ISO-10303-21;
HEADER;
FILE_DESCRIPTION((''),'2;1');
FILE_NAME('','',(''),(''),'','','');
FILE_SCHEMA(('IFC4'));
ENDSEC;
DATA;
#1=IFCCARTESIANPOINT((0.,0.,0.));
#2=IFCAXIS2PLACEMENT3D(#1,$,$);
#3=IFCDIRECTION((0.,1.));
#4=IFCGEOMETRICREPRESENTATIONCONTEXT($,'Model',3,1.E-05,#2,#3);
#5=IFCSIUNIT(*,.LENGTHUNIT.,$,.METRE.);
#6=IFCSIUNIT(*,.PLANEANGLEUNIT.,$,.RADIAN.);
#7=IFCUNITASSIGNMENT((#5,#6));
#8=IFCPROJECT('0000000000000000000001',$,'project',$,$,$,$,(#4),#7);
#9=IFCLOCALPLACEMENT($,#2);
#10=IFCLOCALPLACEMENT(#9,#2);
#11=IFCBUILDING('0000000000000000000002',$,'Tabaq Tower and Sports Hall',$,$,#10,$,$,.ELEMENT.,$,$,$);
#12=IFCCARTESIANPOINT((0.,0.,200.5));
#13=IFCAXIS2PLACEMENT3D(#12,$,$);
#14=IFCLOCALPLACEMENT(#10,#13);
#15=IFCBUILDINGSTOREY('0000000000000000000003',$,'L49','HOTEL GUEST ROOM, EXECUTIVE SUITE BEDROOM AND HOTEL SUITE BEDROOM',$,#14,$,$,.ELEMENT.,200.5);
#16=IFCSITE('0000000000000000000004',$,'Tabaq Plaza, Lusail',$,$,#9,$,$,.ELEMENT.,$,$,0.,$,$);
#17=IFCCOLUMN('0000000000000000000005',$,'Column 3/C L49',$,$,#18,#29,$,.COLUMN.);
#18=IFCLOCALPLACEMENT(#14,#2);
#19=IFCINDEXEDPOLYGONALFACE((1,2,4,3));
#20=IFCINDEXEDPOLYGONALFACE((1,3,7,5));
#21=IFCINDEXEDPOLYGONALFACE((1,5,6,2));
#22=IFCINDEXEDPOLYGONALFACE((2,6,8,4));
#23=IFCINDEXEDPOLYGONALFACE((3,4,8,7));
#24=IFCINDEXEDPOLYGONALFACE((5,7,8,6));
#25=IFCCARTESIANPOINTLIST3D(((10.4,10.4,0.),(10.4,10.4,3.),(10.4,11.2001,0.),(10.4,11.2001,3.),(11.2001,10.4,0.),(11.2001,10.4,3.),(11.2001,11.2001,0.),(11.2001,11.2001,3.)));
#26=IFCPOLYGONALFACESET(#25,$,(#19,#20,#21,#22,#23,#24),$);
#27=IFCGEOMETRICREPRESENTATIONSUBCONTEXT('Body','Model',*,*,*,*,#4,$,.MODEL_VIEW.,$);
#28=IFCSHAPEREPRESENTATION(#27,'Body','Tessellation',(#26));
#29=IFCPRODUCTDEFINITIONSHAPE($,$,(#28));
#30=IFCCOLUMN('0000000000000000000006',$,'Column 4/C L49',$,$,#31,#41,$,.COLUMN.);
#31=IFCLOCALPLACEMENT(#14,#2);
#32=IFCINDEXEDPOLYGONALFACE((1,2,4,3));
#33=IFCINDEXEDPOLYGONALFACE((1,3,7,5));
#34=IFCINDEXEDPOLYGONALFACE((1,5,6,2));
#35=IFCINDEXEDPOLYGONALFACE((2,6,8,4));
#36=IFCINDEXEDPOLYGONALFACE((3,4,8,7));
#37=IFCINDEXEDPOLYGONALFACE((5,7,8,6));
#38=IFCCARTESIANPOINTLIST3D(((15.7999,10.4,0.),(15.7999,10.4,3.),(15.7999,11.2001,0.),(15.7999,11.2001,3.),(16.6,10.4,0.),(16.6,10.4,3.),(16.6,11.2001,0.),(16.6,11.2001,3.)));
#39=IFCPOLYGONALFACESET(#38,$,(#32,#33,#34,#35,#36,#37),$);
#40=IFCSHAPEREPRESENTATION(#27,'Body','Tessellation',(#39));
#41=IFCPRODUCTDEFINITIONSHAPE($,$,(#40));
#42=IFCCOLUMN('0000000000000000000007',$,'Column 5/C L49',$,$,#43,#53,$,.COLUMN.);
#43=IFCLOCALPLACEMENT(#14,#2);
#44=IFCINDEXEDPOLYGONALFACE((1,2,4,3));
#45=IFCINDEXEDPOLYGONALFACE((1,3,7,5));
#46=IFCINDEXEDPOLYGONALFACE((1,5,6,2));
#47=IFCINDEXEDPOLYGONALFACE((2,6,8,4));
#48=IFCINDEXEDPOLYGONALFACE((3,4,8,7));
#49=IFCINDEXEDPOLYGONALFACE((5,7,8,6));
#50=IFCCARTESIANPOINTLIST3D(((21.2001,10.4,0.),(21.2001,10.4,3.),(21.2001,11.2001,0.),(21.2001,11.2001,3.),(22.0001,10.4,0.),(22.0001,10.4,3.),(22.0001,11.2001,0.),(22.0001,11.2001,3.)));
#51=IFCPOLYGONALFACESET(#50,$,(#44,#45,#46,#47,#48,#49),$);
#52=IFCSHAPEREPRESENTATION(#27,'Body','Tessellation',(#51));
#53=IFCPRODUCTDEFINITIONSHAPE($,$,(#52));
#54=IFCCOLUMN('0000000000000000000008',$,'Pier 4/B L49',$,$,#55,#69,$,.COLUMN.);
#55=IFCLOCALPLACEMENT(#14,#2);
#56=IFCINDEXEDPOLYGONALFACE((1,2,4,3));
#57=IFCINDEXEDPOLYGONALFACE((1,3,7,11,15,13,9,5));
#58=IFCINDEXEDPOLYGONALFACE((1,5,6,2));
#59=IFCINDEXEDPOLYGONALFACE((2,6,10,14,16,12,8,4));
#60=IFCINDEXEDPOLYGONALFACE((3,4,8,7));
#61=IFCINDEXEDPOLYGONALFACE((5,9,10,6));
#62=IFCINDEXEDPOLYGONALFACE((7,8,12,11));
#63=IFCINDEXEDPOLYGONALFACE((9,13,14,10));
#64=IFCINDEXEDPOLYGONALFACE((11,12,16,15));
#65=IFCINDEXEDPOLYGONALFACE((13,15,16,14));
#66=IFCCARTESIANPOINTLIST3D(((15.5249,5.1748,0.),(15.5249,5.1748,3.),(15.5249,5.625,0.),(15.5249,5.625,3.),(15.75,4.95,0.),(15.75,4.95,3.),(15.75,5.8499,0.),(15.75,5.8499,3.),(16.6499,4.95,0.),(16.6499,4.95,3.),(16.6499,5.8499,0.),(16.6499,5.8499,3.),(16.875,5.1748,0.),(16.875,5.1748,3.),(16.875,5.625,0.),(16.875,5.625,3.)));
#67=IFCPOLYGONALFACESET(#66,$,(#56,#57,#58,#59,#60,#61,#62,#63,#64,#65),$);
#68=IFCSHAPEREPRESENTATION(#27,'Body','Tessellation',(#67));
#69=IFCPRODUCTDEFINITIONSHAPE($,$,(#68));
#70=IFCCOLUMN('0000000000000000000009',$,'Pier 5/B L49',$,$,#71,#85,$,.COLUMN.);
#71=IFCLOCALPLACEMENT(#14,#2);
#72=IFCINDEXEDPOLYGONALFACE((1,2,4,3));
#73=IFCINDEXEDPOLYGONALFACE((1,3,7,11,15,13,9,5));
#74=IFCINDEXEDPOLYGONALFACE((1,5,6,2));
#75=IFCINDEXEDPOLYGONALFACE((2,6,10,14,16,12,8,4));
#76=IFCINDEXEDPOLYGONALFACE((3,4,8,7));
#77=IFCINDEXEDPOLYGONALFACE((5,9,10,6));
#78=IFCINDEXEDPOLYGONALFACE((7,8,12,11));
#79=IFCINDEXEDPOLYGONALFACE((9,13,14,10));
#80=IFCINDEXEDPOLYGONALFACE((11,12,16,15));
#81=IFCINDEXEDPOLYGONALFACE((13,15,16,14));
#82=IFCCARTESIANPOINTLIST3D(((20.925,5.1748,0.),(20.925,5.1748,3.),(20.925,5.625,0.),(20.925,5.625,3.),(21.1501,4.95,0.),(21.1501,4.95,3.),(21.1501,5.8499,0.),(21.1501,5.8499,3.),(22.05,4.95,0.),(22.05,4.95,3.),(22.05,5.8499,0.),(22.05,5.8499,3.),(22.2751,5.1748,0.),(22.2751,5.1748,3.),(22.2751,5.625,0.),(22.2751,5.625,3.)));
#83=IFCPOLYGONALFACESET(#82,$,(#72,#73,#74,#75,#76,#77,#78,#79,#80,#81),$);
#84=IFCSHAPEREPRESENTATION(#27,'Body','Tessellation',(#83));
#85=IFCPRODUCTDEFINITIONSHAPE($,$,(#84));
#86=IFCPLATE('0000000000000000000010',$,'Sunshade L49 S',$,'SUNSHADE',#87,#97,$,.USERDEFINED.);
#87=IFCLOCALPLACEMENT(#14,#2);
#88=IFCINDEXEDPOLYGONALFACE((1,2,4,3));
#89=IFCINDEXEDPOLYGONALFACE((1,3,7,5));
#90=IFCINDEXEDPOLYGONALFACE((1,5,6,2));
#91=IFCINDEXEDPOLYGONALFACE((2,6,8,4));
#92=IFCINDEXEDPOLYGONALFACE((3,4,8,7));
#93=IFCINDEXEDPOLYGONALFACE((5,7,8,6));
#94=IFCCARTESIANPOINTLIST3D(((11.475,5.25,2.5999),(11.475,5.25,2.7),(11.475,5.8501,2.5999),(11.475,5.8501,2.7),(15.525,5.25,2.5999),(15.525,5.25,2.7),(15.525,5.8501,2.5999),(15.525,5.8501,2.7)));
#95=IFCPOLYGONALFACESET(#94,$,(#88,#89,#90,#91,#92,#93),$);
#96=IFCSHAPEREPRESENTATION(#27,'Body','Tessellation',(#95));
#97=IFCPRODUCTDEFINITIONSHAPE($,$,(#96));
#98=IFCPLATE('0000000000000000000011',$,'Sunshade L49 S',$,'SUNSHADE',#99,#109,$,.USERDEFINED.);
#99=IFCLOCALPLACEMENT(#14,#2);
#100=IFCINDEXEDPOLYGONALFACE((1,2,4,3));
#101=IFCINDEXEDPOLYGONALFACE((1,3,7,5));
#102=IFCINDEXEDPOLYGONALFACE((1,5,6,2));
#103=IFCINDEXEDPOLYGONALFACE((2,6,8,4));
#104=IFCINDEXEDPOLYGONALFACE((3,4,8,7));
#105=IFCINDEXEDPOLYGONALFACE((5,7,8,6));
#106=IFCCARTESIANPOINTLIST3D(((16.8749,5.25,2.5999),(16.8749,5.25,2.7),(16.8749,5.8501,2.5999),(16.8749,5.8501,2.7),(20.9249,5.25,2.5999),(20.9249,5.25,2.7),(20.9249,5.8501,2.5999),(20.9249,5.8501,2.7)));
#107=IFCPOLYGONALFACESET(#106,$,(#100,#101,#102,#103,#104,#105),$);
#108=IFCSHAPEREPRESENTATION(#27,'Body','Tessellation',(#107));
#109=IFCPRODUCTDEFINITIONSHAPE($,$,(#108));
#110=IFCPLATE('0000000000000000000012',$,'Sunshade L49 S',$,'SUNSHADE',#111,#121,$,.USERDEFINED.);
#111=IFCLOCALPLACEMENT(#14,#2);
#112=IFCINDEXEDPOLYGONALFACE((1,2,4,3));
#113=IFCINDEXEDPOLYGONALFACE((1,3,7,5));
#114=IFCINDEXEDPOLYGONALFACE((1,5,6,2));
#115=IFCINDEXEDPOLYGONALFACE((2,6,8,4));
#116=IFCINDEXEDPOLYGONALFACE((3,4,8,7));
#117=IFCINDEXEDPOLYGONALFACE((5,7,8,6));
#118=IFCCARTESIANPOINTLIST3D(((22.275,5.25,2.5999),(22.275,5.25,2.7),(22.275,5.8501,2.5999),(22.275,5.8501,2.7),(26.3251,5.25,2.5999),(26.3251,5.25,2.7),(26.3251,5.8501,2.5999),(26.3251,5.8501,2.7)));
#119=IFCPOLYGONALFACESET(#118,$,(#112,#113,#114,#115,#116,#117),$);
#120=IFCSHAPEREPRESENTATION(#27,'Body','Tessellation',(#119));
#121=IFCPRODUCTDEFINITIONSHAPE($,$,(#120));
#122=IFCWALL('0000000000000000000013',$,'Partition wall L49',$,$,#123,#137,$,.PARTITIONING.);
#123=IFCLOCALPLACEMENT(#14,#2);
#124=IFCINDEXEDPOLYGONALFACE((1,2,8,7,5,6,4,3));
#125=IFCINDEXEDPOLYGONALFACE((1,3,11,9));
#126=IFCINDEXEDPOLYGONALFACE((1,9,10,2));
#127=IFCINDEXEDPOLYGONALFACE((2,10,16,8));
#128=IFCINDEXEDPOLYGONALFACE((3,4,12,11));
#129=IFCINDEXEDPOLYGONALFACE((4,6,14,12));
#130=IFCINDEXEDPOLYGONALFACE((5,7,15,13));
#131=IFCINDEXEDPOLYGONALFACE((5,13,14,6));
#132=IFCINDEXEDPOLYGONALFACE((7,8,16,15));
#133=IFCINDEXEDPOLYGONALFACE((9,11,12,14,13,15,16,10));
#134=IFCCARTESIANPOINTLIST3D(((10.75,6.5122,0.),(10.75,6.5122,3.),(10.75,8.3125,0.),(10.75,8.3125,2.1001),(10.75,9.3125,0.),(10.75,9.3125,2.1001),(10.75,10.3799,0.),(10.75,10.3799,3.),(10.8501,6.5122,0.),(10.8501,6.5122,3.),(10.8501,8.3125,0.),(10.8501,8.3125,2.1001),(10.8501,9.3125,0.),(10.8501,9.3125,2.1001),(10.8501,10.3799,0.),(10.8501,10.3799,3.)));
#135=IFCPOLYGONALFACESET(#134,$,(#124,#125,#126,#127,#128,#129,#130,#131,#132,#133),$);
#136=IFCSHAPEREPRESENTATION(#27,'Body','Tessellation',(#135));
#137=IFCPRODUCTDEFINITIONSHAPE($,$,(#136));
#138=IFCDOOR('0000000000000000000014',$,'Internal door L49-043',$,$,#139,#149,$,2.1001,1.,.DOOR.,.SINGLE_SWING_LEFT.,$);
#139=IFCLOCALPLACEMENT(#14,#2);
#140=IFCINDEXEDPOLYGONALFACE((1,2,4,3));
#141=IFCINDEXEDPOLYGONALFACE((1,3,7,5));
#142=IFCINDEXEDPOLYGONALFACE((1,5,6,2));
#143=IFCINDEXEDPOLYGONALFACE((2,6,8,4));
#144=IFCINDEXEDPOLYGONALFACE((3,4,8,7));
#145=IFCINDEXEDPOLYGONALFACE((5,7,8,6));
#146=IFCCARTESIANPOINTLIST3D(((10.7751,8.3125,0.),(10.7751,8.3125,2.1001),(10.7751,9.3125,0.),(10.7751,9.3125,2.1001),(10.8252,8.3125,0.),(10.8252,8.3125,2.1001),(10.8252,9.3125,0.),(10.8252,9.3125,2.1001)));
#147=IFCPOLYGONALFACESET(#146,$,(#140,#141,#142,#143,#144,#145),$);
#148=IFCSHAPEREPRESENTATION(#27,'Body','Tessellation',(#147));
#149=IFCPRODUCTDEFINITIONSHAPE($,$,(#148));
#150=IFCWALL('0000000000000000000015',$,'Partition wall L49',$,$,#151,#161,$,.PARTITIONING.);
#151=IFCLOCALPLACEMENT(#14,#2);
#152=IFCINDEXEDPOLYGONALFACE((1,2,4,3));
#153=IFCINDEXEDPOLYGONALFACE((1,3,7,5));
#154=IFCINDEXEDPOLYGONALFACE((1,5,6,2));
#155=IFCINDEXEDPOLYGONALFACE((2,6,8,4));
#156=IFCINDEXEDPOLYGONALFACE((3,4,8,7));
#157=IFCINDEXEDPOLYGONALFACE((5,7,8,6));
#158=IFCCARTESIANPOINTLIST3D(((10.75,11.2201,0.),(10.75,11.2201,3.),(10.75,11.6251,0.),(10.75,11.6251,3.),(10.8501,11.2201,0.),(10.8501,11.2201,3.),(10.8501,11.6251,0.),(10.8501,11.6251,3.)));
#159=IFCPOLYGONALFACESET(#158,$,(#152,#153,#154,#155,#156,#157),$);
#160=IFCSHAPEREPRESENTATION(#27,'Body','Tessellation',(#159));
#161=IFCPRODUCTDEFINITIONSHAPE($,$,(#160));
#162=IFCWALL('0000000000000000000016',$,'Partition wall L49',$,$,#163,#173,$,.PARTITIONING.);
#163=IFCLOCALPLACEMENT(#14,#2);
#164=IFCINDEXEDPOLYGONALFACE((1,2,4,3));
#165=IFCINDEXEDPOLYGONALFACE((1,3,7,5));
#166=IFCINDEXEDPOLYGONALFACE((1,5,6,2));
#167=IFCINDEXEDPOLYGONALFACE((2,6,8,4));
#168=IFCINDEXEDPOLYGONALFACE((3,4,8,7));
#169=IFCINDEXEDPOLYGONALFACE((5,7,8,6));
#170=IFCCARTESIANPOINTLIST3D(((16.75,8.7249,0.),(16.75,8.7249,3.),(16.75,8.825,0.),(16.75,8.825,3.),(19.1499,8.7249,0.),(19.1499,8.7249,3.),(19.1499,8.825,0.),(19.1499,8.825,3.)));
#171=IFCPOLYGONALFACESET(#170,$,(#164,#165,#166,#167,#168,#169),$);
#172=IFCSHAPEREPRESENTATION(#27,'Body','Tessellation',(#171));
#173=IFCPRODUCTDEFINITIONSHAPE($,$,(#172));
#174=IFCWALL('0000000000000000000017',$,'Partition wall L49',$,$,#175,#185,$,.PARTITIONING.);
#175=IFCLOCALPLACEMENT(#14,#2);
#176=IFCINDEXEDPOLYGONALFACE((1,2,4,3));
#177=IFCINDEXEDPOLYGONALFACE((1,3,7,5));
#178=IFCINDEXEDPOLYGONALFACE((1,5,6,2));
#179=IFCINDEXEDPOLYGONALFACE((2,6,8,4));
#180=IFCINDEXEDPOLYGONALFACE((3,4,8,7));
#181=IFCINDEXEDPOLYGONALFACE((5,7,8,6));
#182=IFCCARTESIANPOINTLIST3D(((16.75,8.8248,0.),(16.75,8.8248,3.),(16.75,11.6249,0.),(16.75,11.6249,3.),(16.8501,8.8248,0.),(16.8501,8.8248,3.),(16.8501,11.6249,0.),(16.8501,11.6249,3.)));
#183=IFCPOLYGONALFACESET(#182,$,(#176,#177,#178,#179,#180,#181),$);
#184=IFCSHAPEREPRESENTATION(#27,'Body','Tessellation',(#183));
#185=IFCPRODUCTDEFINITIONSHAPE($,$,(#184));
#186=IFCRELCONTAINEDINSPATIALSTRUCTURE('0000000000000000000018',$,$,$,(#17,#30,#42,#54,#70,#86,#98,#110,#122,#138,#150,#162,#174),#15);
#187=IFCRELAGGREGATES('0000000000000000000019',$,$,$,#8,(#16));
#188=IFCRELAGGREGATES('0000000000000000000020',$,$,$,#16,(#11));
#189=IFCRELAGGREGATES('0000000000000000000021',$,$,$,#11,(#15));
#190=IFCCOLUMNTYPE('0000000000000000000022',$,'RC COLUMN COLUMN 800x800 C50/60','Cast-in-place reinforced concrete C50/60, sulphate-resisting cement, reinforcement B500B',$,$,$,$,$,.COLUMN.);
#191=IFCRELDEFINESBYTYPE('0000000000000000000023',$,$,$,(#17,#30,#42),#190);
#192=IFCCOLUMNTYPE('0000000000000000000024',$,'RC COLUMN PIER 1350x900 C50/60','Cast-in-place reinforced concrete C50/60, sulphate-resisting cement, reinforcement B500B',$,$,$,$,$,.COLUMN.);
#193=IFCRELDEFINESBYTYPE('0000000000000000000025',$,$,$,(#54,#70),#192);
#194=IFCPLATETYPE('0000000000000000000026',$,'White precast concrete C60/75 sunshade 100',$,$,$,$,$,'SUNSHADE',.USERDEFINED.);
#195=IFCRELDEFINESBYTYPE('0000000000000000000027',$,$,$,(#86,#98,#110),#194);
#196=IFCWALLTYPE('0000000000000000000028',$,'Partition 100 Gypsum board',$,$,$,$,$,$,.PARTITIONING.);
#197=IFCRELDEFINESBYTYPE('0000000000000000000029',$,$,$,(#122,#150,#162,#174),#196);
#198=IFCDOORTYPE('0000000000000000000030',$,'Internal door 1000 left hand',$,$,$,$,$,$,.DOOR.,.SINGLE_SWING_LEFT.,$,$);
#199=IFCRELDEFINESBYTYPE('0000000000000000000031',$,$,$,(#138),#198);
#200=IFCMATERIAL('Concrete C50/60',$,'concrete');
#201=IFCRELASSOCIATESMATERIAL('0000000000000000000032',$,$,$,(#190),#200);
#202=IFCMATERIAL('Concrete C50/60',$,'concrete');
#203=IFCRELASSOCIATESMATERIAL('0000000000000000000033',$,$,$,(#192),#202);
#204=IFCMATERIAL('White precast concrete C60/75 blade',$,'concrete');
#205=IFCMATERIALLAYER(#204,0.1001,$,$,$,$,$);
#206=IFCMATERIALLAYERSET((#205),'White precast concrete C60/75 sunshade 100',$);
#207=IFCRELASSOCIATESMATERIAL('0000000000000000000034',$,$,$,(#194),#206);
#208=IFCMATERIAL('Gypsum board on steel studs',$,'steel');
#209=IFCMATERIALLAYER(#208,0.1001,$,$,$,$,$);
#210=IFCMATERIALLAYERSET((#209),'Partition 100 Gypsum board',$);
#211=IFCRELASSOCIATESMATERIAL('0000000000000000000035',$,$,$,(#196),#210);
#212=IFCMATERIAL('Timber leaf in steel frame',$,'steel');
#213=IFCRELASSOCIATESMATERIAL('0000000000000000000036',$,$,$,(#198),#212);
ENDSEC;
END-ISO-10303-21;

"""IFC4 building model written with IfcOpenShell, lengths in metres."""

from ifc_helpers import new_model, si_unit, direction, frame, frame_2d, origin, origin_2d, place, context, subcontext, project, spatial, polyline, rectangle, outline, extrude, material, layer, layer_set, material_profile, profile_set, type_object, element, fill, save


model = new_model("IFC4")

# Units and contexts
model_context = context("Model", 3, precision=1e-05, world=origin(), true_north=direction((0.0, 1.0)))
body_context = subcontext(model_context, "Body", "Model", "MODEL_VIEW")
ifc_project = project(units=[si_unit("LENGTHUNIT", "METRE"), si_unit("PLANEANGLEUNIT", "RADIAN")], contexts=[model_context])

# Site, building, storey
site_placement = place(None, origin())
site = spatial("IfcSite", under=ifc_project, at=site_placement, Name="Tabaq Plaza, Lusail", CompositionType="ELEMENT", RefElevation=0.0)
building_placement = place(site_placement, origin())
building = spatial("IfcBuilding", under=site, at=building_placement, Name="Tabaq Tower and Sports Hall", CompositionType="ELEMENT")
storey_placement = place(building_placement, frame((0.0, 0.0, 200.5)))
storey = spatial("IfcBuildingStorey", under=building, at=storey_placement, Name="L49", Description="HOTEL GUEST ROOM, EXECUTIVE SUITE BEDROOM AND HOTEL SUITE BEDROOM", CompositionType="ELEMENT", Elevation=200.5)

# Columns
ifc_material_1 = material(Name="Concrete C50/60", Category="concrete")
ifc_material_profile_1 = material_profile(ifc_material_1, rectangle(XDim=0.8, YDim=0.8, at=origin_2d()), Name="COLUMN 800x800")
ifc_profile_set_1 = profile_set([ifc_material_profile_1], Name="Concrete C50/60")
column_type_1 = type_object("IfcColumnType", Name="RC COLUMN COLUMN 800x800 C50/60", Description="Cast-in-place reinforced concrete C50/60, sulphate-resisting cement, reinforcement B500B", PredefinedType="COLUMN", material=ifc_profile_set_1)
for number, where, z_axis, x_axis, name in (
    (1, (10.8, 10.8, 0.0), (0.0, 0.0, 1.0), (1.0, 0.0, 0.0), "Column 3/C L49"),
    (2, (16.2, 10.8, 0.0), (0.0, 0.0, 1.0), (1.0, 0.0, 0.0), "Column 4/C L49"),
    (3, (21.6001, 10.8, 0.0), (0.0, 0.0, 1.0), (1.0, 0.0, 0.0), "Column 5/C L49"),
):
    element("IfcColumn", number, at=place(storey_placement, frame(where, z_axis=z_axis, x_axis=x_axis)), inside=storey, type_object=column_type_1, Name=name, PredefinedType="COLUMN", context=body_context, shape_type="SweptSolid", body=[
        extrude(rectangle(XDim=0.8, YDim=0.8, at=origin_2d()), origin(), (0.0, 0.0, 1.0), 3.0),
    ])
ifc_material_2 = material(Name="Concrete C50/60", Category="concrete")
ifc_material_profile_2 = material_profile(ifc_material_2, outline(polyline([(-0.45, -0.45), (0.45, -0.45), (0.675, -0.2251), (0.675, 0.2251), (0.45, 0.45), (-0.45, 0.45), (-0.675, 0.2251), (-0.675, -0.2251), (-0.45, -0.45)])), Name="PIER 1350x900")
ifc_profile_set_2 = profile_set([ifc_material_profile_2], Name="Concrete C50/60")
column_type_2 = type_object("IfcColumnType", Name="RC COLUMN PIER 1350x900 C50/60", Description="Cast-in-place reinforced concrete C50/60, sulphate-resisting cement, reinforcement B500B", PredefinedType="COLUMN", material=ifc_profile_set_2)
for number, where, z_axis, x_axis, name in (
    (4, (16.2, 5.3999, 0.0), (0.0, 0.0, 1.0), (1.0, 0.0, 0.0), "Pier 4/B L49"),
    (5, (21.6001, 5.3999, 0.0), (0.0, 0.0, 1.0), (1.0, 0.0, 0.0), "Pier 5/B L49"),
):
    element("IfcColumn", number, at=place(storey_placement, frame(where, z_axis=z_axis, x_axis=x_axis)), inside=storey, type_object=column_type_2, Name=name, PredefinedType="COLUMN", context=body_context, shape_type="SweptSolid", body=[
        extrude(outline(polyline([(-0.45, -0.45), (0.45, -0.45), (0.675, -0.2251), (0.675, 0.2251), (0.45, 0.45), (-0.45, 0.45), (-0.675, 0.2251), (-0.675, -0.2251), (-0.45, -0.45)])), origin(), (0.0, 0.0, 1.0), 3.0),
    ])

# Plates
ifc_material_3 = material(Name="White precast concrete C60/75 blade", Category="concrete")
ifc_layer_1 = layer(ifc_material_3, 0.1001)
ifc_layer_set_1 = layer_set([ifc_layer_1], Name="White precast concrete C60/75 sunshade 100")
plate_type = type_object("IfcPlateType", Name="White precast concrete C60/75 sunshade 100", ElementType="SUNSHADE", PredefinedType="USERDEFINED", material=ifc_layer_set_1)
for number, where, z_axis, x_axis, name in (
    (6, (13.5, 5.55, 2.5999), (0.0, 0.0, 1.0), (1.0, 0.0, 0.0), "Sunshade L49 S"),
    (7, (18.8999, 5.55, 2.5999), (0.0, 0.0, 1.0), (1.0, 0.0, 0.0), "Sunshade L49 S"),
    (8, (24.3, 5.55, 2.5999), (0.0, 0.0, 1.0), (1.0, 0.0, 0.0), "Sunshade L49 S"),
):
    element("IfcPlate", number, at=place(storey_placement, frame(where, z_axis=z_axis, x_axis=x_axis)), inside=storey, type_object=plate_type, Name=name, ObjectType="SUNSHADE", PredefinedType="USERDEFINED", context=body_context, shape_type="SweptSolid", body=[
        extrude(rectangle(XDim=4.05, YDim=0.6001, at=origin_2d()), origin(), (0.0, 0.0, 1.0), 0.1001),
    ])

# Wall, opening, door
ifc_material_4 = material(Name="Gypsum board on steel studs", Category="steel")
ifc_layer_2 = layer(ifc_material_4, 0.1001)
ifc_layer_set_2 = layer_set([ifc_layer_2], Name="Partition 100 Gypsum board")
wall_type_1 = type_object("IfcWallType", Name="Partition 100 Gypsum board", PredefinedType="PARTITIONING", material=ifc_layer_set_2)
wall_1_placement = place(storey_placement, frame((10.8, 6.5122, 0.0), z_axis=(0.0, 0.0, 1.0), x_axis=(0.0, 1.0, 0.0)))
wall_1 = element("IfcWall", 9, at=wall_1_placement, inside=storey, type_object=wall_type_1, Name="Partition wall L49", PredefinedType="PARTITIONING", context=body_context, shape_type="SweptSolid", body=[
    extrude(rectangle(XDim=3.8677, YDim=0.1001, at=frame_2d((1.9338, 0.0))), origin(), (0.0, 0.0, 1.0), 3.0),
])
opening_1_placement = place(wall_1_placement, frame((1.8003, 0.0, 0.0)))
opening_1 = element("IfcOpeningElement", 10, at=opening_1_placement, cuts=wall_1, PredefinedType="OPENING", context=body_context, shape_type="SweptSolid", body=[
    extrude(rectangle(XDim=1.0, YDim=2.1001, at=frame_2d((0.5, 1.05))), frame((0.0, 0.05, 0.0), z_axis=(0.0, -1.0, 0.0), x_axis=(1.0, 0.0, 0.0)), (0.0, 0.0, 1.0), 0.1001),
])
ifc_material_5 = material(Name="Timber leaf in steel frame", Category="steel")
door_type = type_object("IfcDoorType", Name="Internal door 1000 left hand", OperationType="SINGLE_SWING_LEFT", PredefinedType="DOOR", material=ifc_material_5)
door_1_placement = place(opening_1_placement, origin())
door_1 = element("IfcDoor", 11, at=door_1_placement, inside=storey, type_object=door_type, Name="Internal door L49-043", OperationType="SINGLE_SWING_LEFT", OverallHeight=2.1001, OverallWidth=1.0, PredefinedType="DOOR", context=body_context, shape_type="SweptSolid", body=[
    extrude(rectangle(XDim=1.0, YDim=2.1001, at=frame_2d((0.5, 1.05))), frame((0.0, 0.0249, 0.0), z_axis=(0.0, -1.0, 0.0), x_axis=(1.0, 0.0, 0.0)), (0.0, 0.0, 1.0), 0.05),
])
fill(opening_1, door_1)

# Walls
wall_2_placement = place(storey_placement, frame((10.8, 11.22, 0.0), z_axis=(0.0, 0.0, 1.0), x_axis=(0.0, 1.0, 0.0)))
element("IfcWall", 12, at=wall_2_placement, inside=storey, type_object=wall_type_1, Name="Partition wall L49", PredefinedType="PARTITIONING", context=body_context, shape_type="SweptSolid", body=[
    extrude(rectangle(XDim=0.405, YDim=0.1001, at=frame_2d((0.2026, 0.0))), origin(), (0.0, 0.0, 1.0), 3.0),
])
wall_3_placement = place(storey_placement, frame((19.1499, 8.7749, 0.0), z_axis=(0.0, 0.0, 1.0), x_axis=(-1.0, 0.0, 0.0)))
element("IfcWall", 13, at=wall_3_placement, inside=storey, type_object=wall_type_1, Name="Partition wall L49", PredefinedType="PARTITIONING", context=body_context, shape_type="SweptSolid", body=[
    extrude(rectangle(XDim=2.3999, YDim=0.1001, at=frame_2d((1.2, 0.0))), origin(), (0.0, 0.0, 1.0), 3.0),
])
wall_4_placement = place(storey_placement, frame((16.8, 8.825, 0.0), z_axis=(0.0, 0.0, 1.0), x_axis=(0.0, 1.0, 0.0)))
element("IfcWall", 14, at=wall_4_placement, inside=storey, type_object=wall_type_1, Name="Partition wall L49", PredefinedType="PARTITIONING", context=body_context, shape_type="SweptSolid", body=[
    extrude(rectangle(XDim=2.8, YDim=0.1001, at=frame_2d((1.3999, 0.0))), origin(), (0.0, 0.0, 1.0), 3.0),
])

save(model, "model.ifc")
